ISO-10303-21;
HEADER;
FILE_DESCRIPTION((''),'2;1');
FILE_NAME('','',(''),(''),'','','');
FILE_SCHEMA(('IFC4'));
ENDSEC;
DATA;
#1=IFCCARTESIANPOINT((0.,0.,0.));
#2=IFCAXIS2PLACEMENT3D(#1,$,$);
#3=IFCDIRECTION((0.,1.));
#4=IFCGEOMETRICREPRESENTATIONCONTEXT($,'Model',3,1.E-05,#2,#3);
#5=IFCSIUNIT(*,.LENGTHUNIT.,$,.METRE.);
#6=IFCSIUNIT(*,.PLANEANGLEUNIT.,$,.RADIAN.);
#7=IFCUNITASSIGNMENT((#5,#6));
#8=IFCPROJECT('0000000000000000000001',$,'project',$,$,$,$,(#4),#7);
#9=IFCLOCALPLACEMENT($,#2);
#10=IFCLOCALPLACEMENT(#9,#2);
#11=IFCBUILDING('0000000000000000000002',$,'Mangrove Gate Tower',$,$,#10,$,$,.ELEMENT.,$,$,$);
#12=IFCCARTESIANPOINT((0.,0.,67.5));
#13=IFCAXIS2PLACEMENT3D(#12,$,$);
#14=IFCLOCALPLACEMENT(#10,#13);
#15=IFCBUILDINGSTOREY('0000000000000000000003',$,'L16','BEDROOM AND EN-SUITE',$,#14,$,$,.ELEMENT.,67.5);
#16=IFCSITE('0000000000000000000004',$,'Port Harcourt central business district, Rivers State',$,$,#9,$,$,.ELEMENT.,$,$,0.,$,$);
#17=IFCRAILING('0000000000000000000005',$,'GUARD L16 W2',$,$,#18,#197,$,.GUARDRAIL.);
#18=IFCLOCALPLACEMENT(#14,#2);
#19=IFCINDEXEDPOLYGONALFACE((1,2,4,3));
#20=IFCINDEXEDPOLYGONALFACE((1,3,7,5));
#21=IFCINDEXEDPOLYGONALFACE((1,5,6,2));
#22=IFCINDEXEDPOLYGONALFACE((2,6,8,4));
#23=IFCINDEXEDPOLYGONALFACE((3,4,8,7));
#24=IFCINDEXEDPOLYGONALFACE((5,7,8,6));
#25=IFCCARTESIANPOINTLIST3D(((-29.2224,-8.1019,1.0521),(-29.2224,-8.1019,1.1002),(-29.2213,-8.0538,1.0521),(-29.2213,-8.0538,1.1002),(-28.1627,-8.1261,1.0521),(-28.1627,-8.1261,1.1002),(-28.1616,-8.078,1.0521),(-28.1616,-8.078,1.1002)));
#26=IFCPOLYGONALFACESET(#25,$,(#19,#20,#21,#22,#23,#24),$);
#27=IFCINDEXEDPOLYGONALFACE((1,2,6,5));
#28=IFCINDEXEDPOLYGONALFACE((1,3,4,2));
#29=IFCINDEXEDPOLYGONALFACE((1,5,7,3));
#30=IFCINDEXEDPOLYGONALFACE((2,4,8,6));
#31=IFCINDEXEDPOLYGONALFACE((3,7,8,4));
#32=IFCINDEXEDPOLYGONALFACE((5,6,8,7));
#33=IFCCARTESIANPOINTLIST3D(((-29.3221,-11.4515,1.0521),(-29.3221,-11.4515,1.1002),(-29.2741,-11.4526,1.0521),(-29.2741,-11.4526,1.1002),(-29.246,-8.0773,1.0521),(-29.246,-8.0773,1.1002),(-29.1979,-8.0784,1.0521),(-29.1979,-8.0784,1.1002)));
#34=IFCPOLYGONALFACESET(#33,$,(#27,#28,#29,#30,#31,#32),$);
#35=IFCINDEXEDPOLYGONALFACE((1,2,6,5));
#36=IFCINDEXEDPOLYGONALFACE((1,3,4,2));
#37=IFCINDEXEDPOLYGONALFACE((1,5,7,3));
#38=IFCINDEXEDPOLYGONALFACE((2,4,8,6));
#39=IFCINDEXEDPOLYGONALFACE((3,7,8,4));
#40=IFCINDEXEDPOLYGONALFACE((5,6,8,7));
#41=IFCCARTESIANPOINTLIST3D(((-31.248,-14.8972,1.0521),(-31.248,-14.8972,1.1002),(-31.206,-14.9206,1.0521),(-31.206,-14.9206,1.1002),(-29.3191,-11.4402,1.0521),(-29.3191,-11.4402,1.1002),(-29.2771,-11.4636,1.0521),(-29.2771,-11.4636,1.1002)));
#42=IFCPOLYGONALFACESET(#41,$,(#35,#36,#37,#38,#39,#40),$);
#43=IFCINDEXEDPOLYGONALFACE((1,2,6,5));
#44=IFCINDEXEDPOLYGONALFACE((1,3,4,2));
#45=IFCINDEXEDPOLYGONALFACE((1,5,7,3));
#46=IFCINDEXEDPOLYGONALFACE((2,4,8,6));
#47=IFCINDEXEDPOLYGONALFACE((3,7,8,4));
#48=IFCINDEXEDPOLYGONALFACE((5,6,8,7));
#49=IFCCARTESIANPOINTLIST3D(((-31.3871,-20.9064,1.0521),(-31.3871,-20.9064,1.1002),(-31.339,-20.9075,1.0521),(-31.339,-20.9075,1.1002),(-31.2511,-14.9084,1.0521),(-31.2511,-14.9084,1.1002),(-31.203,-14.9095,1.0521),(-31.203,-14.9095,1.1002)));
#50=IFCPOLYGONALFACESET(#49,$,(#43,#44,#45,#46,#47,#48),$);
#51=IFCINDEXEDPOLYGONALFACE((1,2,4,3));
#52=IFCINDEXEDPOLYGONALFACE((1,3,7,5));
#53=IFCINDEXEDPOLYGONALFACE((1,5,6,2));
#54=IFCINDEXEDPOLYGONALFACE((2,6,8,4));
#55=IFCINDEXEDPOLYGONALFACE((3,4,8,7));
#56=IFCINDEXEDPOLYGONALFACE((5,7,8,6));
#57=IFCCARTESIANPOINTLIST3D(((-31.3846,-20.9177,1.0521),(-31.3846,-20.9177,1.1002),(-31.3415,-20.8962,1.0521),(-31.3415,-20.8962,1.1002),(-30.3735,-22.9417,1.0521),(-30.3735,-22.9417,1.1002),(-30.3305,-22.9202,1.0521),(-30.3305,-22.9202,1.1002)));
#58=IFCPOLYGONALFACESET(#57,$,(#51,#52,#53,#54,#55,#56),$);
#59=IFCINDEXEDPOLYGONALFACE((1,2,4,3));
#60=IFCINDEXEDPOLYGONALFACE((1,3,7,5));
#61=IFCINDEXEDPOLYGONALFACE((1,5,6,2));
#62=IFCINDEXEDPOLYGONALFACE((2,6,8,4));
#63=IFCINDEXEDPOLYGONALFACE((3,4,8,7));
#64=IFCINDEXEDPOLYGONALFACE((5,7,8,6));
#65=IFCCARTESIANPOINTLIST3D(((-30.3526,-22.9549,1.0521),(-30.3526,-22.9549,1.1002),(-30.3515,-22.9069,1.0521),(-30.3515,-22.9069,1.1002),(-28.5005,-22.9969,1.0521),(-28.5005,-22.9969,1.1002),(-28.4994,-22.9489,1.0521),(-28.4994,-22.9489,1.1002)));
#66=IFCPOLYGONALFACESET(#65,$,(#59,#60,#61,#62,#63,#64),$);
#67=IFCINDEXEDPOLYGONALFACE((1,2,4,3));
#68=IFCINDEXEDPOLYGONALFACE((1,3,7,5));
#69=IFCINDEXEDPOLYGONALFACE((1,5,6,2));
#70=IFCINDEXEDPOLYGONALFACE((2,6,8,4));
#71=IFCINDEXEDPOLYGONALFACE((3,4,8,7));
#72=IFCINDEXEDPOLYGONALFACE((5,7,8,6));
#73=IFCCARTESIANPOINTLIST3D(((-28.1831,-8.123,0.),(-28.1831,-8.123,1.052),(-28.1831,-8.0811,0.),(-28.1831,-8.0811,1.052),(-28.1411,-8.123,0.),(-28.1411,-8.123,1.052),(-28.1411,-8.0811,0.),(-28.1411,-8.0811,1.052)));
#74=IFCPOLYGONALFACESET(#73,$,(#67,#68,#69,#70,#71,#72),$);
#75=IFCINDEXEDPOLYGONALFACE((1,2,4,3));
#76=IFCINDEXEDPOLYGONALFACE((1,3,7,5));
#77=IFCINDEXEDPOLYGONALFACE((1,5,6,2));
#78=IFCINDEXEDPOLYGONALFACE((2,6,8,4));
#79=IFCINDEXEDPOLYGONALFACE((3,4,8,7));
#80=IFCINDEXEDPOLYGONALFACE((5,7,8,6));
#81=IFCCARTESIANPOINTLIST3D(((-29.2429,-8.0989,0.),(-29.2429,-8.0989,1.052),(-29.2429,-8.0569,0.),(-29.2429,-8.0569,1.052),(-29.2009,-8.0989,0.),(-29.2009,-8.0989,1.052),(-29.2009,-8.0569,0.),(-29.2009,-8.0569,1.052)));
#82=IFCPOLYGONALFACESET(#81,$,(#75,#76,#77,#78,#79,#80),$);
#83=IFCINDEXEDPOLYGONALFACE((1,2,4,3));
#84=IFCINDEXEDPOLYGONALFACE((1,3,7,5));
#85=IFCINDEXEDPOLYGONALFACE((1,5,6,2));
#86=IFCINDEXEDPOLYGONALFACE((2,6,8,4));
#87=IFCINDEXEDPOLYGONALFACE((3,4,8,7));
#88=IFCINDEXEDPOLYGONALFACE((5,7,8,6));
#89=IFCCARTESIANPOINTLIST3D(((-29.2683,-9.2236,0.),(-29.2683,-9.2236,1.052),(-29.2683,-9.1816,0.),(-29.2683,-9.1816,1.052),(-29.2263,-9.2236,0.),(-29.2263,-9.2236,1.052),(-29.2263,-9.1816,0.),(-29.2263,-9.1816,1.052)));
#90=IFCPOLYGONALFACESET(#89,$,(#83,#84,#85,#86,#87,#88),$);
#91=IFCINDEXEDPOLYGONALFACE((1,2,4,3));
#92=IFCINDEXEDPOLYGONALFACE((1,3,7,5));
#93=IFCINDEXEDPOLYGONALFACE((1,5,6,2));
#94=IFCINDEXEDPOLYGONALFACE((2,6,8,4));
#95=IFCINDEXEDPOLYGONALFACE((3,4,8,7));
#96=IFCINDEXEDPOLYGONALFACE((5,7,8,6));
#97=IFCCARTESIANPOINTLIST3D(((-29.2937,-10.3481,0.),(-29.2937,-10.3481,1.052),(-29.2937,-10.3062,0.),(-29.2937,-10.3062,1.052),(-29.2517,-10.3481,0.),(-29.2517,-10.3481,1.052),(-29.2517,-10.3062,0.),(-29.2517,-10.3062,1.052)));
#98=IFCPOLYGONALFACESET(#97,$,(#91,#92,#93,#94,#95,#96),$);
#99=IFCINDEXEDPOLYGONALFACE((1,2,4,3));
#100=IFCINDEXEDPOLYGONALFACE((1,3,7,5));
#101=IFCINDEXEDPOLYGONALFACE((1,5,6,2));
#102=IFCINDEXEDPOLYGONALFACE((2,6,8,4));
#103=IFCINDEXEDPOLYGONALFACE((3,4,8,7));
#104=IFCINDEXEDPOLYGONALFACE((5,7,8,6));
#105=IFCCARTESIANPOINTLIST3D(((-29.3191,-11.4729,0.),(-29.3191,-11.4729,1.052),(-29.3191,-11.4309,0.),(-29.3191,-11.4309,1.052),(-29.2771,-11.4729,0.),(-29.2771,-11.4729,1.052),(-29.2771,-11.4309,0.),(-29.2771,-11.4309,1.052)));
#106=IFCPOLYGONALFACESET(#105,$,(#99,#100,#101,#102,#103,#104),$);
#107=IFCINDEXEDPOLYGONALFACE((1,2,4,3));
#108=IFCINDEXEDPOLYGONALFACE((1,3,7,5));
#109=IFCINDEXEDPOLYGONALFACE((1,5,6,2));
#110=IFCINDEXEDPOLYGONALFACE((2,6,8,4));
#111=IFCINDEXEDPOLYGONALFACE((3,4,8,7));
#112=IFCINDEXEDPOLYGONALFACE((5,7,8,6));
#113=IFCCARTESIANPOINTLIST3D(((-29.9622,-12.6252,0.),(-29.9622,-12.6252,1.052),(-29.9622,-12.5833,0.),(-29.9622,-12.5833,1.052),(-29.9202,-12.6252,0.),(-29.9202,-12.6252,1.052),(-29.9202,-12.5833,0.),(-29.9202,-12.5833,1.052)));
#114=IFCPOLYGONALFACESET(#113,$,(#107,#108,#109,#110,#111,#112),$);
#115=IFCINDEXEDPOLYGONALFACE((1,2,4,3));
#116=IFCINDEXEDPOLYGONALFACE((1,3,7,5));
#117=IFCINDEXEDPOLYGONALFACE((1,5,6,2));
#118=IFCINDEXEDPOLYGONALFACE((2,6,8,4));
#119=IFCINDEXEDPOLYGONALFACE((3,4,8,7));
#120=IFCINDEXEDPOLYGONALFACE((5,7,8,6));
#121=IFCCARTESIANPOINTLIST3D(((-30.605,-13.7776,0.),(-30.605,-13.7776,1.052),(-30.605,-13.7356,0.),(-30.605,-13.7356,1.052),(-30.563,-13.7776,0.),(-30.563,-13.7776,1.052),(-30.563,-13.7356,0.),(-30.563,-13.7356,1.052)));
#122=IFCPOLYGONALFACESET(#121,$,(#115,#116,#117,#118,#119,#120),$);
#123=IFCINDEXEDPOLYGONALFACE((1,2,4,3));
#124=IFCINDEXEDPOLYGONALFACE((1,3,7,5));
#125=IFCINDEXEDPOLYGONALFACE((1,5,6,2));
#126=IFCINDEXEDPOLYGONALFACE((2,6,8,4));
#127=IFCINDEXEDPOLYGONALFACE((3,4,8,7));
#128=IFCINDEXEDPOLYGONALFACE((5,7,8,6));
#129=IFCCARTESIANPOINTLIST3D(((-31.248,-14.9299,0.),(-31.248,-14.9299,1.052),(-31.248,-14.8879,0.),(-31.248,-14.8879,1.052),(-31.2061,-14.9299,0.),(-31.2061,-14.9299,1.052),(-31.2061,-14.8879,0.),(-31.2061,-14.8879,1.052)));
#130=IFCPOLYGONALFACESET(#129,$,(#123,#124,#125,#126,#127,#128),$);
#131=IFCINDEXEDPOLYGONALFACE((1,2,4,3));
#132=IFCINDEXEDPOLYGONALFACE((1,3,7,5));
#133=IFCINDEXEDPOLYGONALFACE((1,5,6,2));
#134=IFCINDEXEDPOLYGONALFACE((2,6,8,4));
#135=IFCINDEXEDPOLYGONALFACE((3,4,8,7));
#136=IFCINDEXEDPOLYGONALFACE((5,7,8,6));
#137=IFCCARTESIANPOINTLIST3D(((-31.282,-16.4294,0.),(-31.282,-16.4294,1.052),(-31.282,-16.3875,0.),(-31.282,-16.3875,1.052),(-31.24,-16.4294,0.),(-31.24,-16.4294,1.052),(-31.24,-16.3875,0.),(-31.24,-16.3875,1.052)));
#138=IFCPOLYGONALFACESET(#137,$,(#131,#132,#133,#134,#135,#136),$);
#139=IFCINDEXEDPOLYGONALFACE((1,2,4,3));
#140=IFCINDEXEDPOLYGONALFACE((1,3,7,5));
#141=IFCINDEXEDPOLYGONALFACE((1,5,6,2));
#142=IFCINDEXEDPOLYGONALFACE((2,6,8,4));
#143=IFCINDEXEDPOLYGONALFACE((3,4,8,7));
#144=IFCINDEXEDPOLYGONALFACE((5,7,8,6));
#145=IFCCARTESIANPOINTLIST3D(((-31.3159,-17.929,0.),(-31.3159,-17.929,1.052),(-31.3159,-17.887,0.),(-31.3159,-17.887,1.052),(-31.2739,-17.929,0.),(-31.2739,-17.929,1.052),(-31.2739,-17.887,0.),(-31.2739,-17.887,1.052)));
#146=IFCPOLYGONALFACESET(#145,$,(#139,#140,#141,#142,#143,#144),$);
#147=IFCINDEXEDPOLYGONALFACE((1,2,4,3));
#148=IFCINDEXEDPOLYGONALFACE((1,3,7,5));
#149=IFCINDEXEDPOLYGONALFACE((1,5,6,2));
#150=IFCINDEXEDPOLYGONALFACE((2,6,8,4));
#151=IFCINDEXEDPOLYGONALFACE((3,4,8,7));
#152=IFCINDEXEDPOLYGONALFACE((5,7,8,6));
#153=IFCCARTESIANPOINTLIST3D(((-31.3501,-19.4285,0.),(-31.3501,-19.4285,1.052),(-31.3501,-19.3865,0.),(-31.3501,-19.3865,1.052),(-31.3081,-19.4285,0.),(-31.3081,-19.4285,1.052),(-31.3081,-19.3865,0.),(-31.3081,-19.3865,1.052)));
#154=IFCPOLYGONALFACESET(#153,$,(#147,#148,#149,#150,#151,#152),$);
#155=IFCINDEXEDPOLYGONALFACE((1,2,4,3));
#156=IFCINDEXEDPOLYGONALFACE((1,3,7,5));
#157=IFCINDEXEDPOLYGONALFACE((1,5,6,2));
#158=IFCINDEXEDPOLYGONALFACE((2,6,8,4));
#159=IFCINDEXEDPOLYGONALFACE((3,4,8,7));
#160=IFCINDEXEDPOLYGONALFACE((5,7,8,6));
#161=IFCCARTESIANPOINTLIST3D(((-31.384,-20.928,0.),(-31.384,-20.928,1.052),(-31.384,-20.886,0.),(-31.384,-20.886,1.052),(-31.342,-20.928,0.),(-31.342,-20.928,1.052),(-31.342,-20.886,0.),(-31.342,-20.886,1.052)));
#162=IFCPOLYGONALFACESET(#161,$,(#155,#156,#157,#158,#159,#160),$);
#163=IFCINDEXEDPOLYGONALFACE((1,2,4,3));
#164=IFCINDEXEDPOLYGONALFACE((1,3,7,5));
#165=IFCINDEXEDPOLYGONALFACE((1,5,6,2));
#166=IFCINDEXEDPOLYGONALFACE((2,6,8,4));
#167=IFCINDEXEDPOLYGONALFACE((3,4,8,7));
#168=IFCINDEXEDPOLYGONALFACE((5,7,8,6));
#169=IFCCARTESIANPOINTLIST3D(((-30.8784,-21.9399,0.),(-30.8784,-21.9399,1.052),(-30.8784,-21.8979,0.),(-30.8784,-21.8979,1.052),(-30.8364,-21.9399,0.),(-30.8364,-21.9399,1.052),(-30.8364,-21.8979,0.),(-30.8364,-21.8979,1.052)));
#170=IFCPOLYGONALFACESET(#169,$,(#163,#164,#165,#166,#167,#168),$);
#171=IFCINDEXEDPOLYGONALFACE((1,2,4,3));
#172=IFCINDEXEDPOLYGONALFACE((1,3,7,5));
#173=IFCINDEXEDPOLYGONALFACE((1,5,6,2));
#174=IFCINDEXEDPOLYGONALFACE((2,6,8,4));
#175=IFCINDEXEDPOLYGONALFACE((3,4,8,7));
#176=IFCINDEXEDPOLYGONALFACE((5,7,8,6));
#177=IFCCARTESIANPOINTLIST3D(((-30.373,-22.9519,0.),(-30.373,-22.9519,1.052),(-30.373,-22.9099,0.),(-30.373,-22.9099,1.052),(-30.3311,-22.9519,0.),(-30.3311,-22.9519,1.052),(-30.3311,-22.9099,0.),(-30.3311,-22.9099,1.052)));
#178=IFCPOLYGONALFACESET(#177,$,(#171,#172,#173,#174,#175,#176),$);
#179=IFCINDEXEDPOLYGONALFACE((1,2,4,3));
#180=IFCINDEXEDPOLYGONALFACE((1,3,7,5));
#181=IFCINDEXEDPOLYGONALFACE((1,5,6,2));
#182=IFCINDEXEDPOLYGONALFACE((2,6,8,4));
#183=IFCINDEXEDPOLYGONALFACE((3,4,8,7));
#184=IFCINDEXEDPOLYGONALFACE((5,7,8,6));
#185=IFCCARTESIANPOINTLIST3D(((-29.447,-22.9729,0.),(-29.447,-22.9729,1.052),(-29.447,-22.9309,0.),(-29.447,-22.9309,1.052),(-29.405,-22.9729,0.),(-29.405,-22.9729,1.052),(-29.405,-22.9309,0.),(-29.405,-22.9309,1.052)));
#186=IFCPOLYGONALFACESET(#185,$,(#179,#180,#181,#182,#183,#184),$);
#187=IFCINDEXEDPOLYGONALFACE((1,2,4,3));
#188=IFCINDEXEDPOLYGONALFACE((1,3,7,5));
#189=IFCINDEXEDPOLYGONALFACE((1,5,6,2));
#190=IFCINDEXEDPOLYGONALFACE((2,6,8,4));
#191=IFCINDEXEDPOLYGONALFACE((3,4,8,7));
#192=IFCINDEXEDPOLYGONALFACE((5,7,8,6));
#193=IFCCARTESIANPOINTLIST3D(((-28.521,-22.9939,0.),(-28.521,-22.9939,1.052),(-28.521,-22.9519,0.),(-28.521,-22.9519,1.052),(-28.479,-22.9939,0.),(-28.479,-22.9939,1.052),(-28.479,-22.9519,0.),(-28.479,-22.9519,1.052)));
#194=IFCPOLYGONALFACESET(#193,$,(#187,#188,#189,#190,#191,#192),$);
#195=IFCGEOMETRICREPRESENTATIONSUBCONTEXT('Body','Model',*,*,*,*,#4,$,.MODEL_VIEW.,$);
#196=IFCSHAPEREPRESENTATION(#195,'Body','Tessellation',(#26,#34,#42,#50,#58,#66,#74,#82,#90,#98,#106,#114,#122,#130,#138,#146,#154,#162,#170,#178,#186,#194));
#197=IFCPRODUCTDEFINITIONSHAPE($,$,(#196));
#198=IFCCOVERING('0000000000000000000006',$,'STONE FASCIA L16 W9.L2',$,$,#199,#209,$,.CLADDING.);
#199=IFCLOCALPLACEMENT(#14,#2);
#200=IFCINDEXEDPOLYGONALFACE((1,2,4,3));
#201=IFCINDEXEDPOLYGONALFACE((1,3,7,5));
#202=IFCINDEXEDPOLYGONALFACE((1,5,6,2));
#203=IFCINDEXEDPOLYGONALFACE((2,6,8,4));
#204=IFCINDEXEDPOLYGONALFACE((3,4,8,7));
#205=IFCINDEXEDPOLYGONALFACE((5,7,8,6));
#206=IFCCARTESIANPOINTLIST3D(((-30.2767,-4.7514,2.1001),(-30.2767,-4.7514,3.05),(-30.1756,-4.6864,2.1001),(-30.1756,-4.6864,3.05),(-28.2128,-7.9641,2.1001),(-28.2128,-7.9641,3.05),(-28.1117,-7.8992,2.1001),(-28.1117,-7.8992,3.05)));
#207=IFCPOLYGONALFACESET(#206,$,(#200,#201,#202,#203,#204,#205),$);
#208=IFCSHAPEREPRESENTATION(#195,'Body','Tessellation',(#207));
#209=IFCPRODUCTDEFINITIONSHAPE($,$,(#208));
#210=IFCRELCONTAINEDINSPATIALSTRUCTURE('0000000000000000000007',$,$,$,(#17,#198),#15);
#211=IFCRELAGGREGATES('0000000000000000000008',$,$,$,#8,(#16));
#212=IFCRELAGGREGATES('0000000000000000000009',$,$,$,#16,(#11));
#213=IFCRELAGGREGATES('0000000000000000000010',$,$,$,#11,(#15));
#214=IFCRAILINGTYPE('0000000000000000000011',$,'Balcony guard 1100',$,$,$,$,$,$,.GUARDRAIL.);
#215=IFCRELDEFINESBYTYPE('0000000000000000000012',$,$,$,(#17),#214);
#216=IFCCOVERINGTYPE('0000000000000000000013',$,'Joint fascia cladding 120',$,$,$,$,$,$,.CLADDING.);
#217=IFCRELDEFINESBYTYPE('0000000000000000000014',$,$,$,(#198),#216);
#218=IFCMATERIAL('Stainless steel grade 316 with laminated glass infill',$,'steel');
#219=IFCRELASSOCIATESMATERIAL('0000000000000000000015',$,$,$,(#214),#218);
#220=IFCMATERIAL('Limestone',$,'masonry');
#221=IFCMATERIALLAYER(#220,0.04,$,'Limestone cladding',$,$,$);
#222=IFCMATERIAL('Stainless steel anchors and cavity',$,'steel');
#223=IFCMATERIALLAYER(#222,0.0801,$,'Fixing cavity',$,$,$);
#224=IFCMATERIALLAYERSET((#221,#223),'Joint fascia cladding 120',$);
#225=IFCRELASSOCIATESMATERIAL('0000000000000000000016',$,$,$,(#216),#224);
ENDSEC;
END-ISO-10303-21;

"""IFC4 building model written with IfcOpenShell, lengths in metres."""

from ifc_helpers import new_model, si_unit, direction, frame, frame_2d, origin, origin_2d, place, context, subcontext, project, spatial, rectangle, extrude, material, layer, layer_set, type_object, element, save


model = new_model("IFC4")

# Units and contexts
model_context = context("Model", 3, precision=1e-05, world=origin(), true_north=direction((0.0, 1.0)))
body_context = subcontext(model_context, "Body", "Model", "MODEL_VIEW")
ifc_project = project(units=[si_unit("LENGTHUNIT", "METRE"), si_unit("PLANEANGLEUNIT", "RADIAN")], contexts=[model_context])

# Site, building, storey
site_placement = place(None, origin())
site = spatial("IfcSite", under=ifc_project, at=site_placement, Name="Port Harcourt central business district, Rivers State", CompositionType="ELEMENT", RefElevation=0.0)
building_placement = place(site_placement, origin())
building = spatial("IfcBuilding", under=site, at=building_placement, Name="Mangrove Gate Tower", CompositionType="ELEMENT")
storey_placement = place(building_placement, frame((0.0, 0.0, 67.5)))
storey = spatial("IfcBuildingStorey", under=building, at=storey_placement, Name="L16", Description="BEDROOM AND EN-SUITE", CompositionType="ELEMENT", Elevation=67.5)

# Shared definitions
ifc_material_1 = material(Name="Limestone", Category="masonry")

# Railing
ifc_material_2 = material(Name="Stainless steel grade 316 with laminated glass infill", Category="steel")
railing_type = type_object("IfcRailingType", Name="Balcony guard 1100", PredefinedType="GUARDRAIL", material=ifc_material_2)
railing_placement = place(storey_placement, frame((-28.1621, -8.1021, 0.0)))
element("IfcRailing", 1, at=railing_placement, inside=storey, type_object=railing_type, Name="GUARD L16 W2", PredefinedType="GUARDRAIL", context=body_context, shape_type="SweptSolid", body=[
    extrude(rectangle(XDim=0.0481, YDim=0.0481, at=origin_2d()), frame((0.0, 0.0, 1.0762), z_axis=(-0.99974, 0.0228, 0.0), x_axis=(-0.0228, -0.99974, 0.0)), (0.0, 0.0, 1.0), 1.0601),
    extrude(rectangle(XDim=0.0481, YDim=0.0481, at=origin_2d()), frame((-1.0598, 0.0242, 1.0762), z_axis=(-0.02257, -0.999745, 0.0), x_axis=(0.999745, -0.02257, 0.0)), (0.0, 0.0, 1.0), 3.375),
    extrude(rectangle(XDim=0.0481, YDim=0.0481, at=origin_2d()), frame((-1.136, -3.3499, 1.0762), z_axis=(-0.48726, -0.873257, 0.0), x_axis=(0.873257, -0.48726, 0.0)), (0.0, 0.0, 1.0), 3.9587),
    extrude(rectangle(XDim=0.0481, YDim=0.0481, at=origin_2d()), frame((-3.0649, -6.8069, 1.0762), z_axis=(-0.022666, -0.999743, 0.0), x_axis=(0.999743, -0.022666, 0.0)), (0.0, 0.0, 1.0), 5.9995),
    extrude(rectangle(XDim=0.0481, YDim=0.0481, at=origin_2d()), frame((-3.2009, -12.8049, 1.0762), z_axis=(0.446868, -0.8946, 0.0), x_axis=(0.8946, 0.446868, 0.0)), (0.0, 0.0, 1.0), 2.2625),
    extrude(rectangle(XDim=0.0481, YDim=0.0481, at=origin_2d()), frame((-2.1899, -14.8289, 1.0762), z_axis=(0.999743, -0.022668, 0.0), x_axis=(0.022668, 0.999743, 0.0)), (0.0, 0.0, 1.0), 1.8525),
    extrude(rectangle(XDim=0.042, YDim=0.042, at=origin_2d()), origin(), (0.0, 0.0, 1.0), 1.052),
    extrude(rectangle(XDim=0.042, YDim=0.042, at=origin_2d()), frame((-1.0598, 0.0242, 0.0)), (0.0, 0.0, 1.0), 1.052),
    extrude(rectangle(XDim=0.042, YDim=0.042, at=origin_2d()), frame((-1.0852, -1.1006, 0.0)), (0.0, 0.0, 1.0), 1.052),
    extrude(rectangle(XDim=0.042, YDim=0.042, at=origin_2d()), frame((-1.1106, -2.2251, 0.0)), (0.0, 0.0, 1.0), 1.052),
    extrude(rectangle(XDim=0.042, YDim=0.042, at=origin_2d()), frame((-1.136, -3.3499, 0.0)), (0.0, 0.0, 1.0), 1.052),
    extrude(rectangle(XDim=0.042, YDim=0.042, at=origin_2d()), frame((-1.7791, -4.5022, 0.0)), (0.0, 0.0, 1.0), 1.052),
    extrude(rectangle(XDim=0.042, YDim=0.042, at=origin_2d()), frame((-2.4219, -5.6545, 0.0)), (0.0, 0.0, 1.0), 1.052),
    extrude(rectangle(XDim=0.042, YDim=0.042, at=origin_2d()), frame((-3.0649, -6.8069, 0.0)), (0.0, 0.0, 1.0), 1.052),
    extrude(rectangle(XDim=0.042, YDim=0.042, at=origin_2d()), frame((-3.0989, -8.3064, 0.0)), (0.0, 0.0, 1.0), 1.052),
    extrude(rectangle(XDim=0.042, YDim=0.042, at=origin_2d()), frame((-3.1328, -9.8059, 0.0)), (0.0, 0.0, 1.0), 1.052),
    extrude(rectangle(XDim=0.042, YDim=0.042, at=origin_2d()), frame((-3.167, -11.3054, 0.0)), (0.0, 0.0, 1.0), 1.052),
    extrude(rectangle(XDim=0.042, YDim=0.042, at=origin_2d()), frame((-3.2009, -12.8049, 0.0)), (0.0, 0.0, 1.0), 1.052),
    extrude(rectangle(XDim=0.042, YDim=0.042, at=origin_2d()), frame((-2.6953, -13.8169, 0.0)), (0.0, 0.0, 1.0), 1.052),
    extrude(rectangle(XDim=0.042, YDim=0.042, at=origin_2d()), frame((-2.1899, -14.8289, 0.0)), (0.0, 0.0, 1.0), 1.052),
    extrude(rectangle(XDim=0.042, YDim=0.042, at=origin_2d()), frame((-1.2639, -14.8499, 0.0)), (0.0, 0.0, 1.0), 1.052),
    extrude(rectangle(XDim=0.042, YDim=0.042, at=origin_2d()), frame((-0.3379, -14.8708, 0.0)), (0.0, 0.0, 1.0), 1.052),
])

# Covering
ifc_layer_1 = layer(ifc_material_1, 0.04, Name="Limestone cladding")
ifc_material_3 = material(Name="Stainless steel anchors and cavity", Category="steel")
ifc_layer_2 = layer(ifc_material_3, 0.0801, Name="Fixing cavity")
ifc_layer_set_1 = layer_set([ifc_layer_1, ifc_layer_2], Name="Joint fascia cladding 120")
covering_type = type_object("IfcCoveringType", Name="Joint fascia cladding 120", PredefinedType="CLADDING", material=ifc_layer_set_1)
covering_placement = place(storey_placement, frame((-30.2261, -4.719, 2.1001), z_axis=(0.0, 0.0, 1.0), x_axis=(0.540486, -0.841353, 0.0)))
element("IfcCovering", 2, at=covering_placement, inside=storey, type_object=covering_type, Name="STONE FASCIA L16 W9.L2", PredefinedType="CLADDING", context=body_context, shape_type="SweptSolid", body=[
    extrude(rectangle(XDim=3.8186, YDim=0.1201, at=frame_2d((1.9092, 0.0))), origin(), (0.0, 0.0, 1.0), 0.95),
])

save(model, "model.ifc")
